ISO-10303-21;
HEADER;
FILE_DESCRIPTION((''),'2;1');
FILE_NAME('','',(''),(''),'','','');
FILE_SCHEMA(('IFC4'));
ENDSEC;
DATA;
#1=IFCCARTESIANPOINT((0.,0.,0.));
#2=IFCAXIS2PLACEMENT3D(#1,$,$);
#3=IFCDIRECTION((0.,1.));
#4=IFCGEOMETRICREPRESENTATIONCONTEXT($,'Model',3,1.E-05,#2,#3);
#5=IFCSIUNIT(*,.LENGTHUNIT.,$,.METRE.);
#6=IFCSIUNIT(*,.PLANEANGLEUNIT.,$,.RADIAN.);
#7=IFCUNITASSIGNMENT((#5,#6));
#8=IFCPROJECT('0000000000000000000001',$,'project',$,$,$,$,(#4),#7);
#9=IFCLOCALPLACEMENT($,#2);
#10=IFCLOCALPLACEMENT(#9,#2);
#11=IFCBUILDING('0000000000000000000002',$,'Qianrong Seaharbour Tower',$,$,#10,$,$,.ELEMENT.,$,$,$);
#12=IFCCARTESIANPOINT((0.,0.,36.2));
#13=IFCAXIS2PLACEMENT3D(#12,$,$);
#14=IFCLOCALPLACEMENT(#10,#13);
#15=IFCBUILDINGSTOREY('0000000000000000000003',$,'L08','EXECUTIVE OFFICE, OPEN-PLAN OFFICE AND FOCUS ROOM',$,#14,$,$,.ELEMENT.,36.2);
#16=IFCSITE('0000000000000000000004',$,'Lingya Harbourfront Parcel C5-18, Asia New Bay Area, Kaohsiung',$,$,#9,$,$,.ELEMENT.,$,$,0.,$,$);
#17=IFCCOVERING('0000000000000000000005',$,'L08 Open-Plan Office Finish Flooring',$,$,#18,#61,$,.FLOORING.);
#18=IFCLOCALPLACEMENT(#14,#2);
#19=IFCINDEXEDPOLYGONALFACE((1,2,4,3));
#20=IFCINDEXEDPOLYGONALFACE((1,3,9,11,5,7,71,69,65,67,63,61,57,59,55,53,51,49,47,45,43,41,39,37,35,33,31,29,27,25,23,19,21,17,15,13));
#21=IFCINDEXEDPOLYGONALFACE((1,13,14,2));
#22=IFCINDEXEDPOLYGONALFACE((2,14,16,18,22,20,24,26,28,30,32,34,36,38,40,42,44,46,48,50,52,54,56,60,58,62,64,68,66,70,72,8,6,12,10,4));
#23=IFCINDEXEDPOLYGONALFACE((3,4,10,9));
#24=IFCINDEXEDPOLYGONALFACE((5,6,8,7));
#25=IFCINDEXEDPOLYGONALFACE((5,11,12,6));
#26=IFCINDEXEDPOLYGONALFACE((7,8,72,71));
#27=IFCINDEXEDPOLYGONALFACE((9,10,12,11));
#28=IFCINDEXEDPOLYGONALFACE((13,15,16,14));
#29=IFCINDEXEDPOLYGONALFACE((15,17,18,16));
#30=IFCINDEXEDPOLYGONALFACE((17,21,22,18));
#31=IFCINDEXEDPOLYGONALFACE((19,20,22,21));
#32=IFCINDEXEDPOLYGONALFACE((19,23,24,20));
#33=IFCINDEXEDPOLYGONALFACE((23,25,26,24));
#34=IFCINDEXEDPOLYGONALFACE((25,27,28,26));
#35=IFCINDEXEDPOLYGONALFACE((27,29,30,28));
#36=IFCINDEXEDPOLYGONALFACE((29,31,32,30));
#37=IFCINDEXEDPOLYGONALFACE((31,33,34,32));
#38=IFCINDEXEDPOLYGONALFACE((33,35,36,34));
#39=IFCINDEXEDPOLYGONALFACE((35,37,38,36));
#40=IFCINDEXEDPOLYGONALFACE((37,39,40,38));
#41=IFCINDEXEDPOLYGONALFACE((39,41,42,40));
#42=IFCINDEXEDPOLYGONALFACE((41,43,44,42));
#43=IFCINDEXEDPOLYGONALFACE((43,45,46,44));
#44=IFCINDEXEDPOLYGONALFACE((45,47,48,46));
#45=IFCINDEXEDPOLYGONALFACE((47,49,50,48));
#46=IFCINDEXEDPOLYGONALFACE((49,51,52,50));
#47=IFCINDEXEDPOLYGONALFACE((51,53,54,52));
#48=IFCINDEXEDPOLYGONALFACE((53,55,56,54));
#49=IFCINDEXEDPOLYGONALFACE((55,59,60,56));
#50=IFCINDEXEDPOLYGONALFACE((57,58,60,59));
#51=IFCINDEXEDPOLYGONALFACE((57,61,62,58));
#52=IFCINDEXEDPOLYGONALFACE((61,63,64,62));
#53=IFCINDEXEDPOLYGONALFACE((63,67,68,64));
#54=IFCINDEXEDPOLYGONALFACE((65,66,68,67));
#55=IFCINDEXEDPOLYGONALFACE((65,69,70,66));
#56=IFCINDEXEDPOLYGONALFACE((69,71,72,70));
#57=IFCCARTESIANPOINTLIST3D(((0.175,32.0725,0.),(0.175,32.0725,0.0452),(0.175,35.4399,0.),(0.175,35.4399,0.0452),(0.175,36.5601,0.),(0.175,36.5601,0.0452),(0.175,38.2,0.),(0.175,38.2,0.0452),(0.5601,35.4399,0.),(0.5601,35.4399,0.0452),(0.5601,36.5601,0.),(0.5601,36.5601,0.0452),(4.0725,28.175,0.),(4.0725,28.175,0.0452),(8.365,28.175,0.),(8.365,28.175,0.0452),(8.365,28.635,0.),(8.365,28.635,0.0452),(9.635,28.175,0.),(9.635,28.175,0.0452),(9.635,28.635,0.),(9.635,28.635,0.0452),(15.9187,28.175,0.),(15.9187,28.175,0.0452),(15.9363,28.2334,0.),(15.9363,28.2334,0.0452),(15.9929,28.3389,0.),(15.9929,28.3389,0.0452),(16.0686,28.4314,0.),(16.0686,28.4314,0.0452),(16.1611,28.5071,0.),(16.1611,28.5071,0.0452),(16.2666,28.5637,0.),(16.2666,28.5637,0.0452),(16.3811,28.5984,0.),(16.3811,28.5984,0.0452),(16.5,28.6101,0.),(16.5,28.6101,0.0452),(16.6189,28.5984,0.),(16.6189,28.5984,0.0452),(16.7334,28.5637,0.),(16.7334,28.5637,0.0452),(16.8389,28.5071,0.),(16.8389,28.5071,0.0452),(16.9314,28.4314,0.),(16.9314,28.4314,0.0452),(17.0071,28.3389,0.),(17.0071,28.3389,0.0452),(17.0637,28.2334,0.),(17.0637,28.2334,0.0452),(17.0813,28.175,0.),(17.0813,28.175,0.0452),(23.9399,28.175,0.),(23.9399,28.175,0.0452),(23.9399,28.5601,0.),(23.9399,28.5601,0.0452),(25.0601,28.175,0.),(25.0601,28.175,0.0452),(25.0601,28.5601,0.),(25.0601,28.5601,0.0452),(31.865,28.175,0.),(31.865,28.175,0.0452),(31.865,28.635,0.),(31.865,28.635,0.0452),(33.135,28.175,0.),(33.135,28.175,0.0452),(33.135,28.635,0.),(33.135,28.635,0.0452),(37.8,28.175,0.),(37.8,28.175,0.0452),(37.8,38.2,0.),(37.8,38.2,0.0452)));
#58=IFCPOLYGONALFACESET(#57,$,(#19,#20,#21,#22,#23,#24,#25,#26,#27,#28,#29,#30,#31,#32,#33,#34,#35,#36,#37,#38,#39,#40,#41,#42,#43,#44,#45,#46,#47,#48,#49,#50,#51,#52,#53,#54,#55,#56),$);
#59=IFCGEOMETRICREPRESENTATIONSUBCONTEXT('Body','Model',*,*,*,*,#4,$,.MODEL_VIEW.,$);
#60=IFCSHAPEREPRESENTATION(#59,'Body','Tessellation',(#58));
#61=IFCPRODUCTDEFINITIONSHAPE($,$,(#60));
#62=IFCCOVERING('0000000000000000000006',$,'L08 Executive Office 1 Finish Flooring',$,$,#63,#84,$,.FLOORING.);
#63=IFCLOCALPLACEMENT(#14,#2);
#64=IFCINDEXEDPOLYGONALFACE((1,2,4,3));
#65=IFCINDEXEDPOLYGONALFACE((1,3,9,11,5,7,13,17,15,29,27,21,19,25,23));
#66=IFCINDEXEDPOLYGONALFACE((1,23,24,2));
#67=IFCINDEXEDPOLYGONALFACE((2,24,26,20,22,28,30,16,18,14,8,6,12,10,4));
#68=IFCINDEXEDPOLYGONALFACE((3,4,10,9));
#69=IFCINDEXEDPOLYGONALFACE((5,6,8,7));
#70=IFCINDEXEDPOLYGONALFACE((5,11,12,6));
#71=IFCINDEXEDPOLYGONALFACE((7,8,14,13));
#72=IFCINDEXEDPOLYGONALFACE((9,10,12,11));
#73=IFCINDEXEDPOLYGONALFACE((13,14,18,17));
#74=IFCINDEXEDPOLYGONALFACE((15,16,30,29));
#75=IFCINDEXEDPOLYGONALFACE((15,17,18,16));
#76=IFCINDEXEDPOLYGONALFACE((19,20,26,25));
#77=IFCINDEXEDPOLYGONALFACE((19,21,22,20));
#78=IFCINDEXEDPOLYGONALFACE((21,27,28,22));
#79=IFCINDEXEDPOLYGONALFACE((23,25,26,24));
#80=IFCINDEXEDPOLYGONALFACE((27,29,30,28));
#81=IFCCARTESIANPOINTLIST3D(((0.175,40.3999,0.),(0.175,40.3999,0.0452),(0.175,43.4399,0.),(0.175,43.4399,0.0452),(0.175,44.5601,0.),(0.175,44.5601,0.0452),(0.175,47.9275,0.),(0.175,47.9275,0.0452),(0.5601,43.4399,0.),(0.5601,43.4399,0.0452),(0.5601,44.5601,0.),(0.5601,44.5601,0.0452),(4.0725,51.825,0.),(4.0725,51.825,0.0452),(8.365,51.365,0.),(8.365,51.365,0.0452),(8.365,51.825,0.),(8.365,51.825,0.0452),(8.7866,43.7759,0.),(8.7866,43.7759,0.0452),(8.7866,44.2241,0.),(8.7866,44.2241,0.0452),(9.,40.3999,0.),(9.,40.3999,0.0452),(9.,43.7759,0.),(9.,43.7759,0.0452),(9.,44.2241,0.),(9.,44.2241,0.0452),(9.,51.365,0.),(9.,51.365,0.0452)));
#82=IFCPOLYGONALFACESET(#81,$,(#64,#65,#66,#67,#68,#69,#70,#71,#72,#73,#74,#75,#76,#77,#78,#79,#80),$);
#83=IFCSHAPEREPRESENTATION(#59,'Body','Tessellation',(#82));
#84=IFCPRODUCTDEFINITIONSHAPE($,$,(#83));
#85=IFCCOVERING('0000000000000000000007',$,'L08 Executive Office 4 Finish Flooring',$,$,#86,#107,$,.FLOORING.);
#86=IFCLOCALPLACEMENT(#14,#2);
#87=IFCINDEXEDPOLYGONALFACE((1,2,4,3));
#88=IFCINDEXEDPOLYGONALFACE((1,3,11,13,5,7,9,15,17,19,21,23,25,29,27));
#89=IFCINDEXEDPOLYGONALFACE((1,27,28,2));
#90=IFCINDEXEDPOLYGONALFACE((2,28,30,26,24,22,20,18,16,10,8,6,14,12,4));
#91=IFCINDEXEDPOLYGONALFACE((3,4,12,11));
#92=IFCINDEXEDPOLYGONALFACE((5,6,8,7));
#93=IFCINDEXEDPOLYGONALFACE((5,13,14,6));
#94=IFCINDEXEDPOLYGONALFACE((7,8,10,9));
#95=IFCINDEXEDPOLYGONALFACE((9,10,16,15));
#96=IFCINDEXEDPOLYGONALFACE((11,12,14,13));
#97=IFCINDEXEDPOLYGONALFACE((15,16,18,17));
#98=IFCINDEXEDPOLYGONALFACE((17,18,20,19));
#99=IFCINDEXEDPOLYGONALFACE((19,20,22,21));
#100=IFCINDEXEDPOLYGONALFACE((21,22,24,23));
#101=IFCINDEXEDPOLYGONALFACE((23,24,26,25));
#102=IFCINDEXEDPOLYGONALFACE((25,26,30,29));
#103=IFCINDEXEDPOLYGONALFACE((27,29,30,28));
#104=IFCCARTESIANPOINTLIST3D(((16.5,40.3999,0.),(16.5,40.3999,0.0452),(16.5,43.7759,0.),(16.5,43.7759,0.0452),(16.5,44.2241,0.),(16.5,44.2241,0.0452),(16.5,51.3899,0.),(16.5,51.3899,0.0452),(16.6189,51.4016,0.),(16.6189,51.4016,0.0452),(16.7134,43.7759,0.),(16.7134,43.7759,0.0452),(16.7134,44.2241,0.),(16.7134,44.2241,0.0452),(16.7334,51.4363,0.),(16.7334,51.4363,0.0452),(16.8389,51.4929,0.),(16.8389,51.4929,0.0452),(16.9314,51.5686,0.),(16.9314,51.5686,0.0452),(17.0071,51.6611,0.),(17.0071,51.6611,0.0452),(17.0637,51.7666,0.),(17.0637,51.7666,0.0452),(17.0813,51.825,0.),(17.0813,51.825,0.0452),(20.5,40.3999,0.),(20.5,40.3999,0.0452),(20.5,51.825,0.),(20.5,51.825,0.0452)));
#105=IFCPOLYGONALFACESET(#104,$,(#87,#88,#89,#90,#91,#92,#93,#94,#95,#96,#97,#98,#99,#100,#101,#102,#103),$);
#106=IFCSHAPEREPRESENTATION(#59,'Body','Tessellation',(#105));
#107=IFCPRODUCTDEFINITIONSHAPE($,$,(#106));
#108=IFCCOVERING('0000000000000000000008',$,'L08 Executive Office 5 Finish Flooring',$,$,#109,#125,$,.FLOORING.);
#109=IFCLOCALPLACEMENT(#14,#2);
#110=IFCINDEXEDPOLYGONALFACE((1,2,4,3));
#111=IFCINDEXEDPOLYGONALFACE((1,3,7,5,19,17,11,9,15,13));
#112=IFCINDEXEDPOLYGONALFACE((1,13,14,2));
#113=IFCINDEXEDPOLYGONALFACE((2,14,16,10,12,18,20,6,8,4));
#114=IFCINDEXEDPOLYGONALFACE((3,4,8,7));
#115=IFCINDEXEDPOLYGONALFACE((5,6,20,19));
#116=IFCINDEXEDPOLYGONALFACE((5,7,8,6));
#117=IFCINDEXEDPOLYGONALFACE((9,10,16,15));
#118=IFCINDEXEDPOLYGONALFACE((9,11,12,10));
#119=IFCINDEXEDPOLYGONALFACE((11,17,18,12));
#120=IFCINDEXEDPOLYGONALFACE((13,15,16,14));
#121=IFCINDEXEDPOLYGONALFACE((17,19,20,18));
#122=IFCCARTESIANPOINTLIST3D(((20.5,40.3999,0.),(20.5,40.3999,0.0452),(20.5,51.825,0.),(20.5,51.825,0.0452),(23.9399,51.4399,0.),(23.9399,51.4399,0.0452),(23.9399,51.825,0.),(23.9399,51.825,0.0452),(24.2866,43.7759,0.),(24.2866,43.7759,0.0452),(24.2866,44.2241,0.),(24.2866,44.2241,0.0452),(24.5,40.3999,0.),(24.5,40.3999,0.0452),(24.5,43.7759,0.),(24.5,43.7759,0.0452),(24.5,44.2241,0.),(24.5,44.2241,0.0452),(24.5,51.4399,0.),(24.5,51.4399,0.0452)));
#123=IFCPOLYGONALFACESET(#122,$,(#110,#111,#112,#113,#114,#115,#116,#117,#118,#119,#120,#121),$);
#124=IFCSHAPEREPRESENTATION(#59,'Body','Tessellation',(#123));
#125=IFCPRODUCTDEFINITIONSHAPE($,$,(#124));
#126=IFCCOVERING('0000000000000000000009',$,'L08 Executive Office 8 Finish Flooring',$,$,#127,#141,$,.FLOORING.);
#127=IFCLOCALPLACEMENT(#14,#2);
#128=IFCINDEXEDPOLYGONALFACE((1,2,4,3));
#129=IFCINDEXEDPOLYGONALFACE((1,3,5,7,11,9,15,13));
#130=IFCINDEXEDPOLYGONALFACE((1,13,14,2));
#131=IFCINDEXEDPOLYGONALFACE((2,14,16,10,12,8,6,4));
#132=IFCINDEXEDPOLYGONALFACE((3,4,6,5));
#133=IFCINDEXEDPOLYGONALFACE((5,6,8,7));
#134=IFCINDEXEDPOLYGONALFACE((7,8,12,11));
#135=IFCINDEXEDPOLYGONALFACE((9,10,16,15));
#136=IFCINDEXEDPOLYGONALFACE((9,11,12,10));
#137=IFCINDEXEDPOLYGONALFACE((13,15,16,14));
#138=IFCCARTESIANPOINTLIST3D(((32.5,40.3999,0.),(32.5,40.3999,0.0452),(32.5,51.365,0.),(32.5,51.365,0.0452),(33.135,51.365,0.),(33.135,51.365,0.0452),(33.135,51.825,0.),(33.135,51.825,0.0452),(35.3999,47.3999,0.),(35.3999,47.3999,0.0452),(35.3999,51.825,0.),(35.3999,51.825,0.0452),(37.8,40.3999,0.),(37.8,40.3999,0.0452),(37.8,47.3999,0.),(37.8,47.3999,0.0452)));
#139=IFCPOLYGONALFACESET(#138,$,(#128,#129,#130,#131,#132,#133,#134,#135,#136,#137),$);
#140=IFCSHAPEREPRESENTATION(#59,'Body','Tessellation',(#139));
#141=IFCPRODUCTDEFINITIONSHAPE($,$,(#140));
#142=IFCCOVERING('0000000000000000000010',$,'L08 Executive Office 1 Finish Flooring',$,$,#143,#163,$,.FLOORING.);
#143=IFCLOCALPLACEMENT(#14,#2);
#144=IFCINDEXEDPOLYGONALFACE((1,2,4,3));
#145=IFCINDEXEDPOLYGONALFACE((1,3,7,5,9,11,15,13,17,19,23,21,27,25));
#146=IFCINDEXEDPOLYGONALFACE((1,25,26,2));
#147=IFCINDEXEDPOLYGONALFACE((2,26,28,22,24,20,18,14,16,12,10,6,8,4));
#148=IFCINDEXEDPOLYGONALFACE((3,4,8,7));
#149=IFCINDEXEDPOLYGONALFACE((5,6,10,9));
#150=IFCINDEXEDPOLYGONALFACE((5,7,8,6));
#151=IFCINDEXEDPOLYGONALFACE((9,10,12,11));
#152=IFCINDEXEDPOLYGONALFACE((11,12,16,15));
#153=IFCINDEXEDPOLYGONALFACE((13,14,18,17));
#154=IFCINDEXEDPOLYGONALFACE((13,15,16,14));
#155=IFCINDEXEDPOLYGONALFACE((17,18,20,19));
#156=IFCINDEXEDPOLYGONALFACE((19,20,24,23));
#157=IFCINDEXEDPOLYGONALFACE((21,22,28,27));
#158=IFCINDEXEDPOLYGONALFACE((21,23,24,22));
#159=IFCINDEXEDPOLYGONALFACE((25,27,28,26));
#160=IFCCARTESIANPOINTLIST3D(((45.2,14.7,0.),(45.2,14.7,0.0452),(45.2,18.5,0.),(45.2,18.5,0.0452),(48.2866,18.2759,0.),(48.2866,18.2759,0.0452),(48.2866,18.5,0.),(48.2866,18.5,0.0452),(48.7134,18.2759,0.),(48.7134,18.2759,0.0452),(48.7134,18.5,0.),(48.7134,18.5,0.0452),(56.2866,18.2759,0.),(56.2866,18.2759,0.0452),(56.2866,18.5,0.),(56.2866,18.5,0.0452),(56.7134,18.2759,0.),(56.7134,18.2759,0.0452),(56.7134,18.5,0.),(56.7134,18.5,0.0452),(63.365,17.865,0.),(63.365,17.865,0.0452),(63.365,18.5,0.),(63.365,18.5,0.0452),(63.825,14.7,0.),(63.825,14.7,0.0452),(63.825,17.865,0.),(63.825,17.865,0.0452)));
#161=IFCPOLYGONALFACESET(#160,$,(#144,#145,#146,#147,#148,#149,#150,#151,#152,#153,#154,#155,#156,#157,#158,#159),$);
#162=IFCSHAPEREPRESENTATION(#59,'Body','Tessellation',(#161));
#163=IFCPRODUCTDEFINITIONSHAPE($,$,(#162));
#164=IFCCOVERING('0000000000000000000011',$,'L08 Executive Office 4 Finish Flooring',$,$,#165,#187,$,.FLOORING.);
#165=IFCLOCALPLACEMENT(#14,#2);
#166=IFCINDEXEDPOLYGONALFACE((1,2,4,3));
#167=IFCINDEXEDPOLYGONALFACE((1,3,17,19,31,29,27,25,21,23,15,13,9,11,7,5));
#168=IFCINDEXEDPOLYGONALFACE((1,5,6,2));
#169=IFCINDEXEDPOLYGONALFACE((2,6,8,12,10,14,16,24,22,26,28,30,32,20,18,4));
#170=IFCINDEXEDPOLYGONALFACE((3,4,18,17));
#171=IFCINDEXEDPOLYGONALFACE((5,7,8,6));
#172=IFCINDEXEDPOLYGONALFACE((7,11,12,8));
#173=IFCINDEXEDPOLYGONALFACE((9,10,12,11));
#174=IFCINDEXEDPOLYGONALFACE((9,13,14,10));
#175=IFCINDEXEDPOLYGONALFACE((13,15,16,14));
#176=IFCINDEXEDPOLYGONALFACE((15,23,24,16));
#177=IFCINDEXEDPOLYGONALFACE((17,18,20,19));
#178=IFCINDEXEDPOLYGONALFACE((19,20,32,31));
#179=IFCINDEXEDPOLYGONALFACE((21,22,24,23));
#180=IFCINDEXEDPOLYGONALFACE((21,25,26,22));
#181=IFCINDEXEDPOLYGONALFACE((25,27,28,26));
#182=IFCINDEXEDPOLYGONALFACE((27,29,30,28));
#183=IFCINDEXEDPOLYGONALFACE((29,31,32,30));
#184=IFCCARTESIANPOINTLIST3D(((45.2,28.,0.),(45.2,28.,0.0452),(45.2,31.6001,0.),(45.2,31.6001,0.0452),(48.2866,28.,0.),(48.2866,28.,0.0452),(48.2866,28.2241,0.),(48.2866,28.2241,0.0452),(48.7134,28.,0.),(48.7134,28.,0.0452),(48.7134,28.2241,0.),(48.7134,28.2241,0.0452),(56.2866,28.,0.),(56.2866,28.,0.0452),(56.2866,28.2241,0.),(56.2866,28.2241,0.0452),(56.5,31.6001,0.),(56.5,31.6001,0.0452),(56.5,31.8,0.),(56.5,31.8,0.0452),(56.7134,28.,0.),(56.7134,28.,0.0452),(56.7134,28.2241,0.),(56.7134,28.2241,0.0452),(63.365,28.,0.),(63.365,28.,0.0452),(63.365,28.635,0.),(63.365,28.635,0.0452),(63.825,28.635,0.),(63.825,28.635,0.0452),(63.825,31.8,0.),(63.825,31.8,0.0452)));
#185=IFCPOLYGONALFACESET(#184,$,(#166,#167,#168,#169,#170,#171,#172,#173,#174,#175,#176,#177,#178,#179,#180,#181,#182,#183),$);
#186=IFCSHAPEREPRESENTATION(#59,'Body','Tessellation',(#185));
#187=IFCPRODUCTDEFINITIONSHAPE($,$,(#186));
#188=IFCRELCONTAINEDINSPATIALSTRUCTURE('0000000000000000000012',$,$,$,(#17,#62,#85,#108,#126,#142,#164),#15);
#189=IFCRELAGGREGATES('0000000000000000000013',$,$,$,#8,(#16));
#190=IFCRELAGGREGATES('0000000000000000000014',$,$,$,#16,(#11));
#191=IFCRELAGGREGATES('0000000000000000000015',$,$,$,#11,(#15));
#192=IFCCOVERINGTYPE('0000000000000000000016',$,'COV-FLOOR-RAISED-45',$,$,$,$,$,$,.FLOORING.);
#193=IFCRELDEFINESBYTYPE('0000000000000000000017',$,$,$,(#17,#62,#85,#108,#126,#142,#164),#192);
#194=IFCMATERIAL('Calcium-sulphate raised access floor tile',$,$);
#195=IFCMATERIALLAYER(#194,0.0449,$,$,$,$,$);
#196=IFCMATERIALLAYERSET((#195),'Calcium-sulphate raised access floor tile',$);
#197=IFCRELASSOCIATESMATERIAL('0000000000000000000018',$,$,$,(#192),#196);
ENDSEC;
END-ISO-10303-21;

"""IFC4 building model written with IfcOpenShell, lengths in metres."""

from ifc_helpers import new_model, si_unit, direction, frame, origin, place, context, subcontext, project, spatial, polyline, outline, extrude, material, layer, layer_set, type_object, element, save


model = new_model("IFC4")

# Units and contexts
model_context = context("Model", 3, precision=1e-05, world=origin(), true_north=direction((0.0, 1.0)))
body_context = subcontext(model_context, "Body", "Model", "MODEL_VIEW")
ifc_project = project(units=[si_unit("LENGTHUNIT", "METRE"), si_unit("PLANEANGLEUNIT", "RADIAN")], contexts=[model_context])

# Site, building, storey
site_placement = place(None, origin())
site = spatial("IfcSite", under=ifc_project, at=site_placement, Name="Lingya Harbourfront Parcel C5-18, Asia New Bay Area, Kaohsiung", CompositionType="ELEMENT", RefElevation=0.0)
building_placement = place(site_placement, origin())
building = spatial("IfcBuilding", under=site, at=building_placement, Name="Qianrong Seaharbour Tower", CompositionType="ELEMENT")
storey_placement = place(building_placement, frame((0.0, 0.0, 36.2)))
storey = spatial("IfcBuildingStorey", under=building, at=storey_placement, Name="L08", Description="EXECUTIVE OFFICE, OPEN-PLAN OFFICE AND FOCUS ROOM", CompositionType="ELEMENT", Elevation=36.2)

# Coverings
ifc_material_1 = material(Name="Calcium-sulphate raised access floor tile")
ifc_layer_1 = layer(ifc_material_1, 0.0449)
ifc_layer_set_1 = layer_set([ifc_layer_1], Name="Calcium-sulphate raised access floor tile")
covering_type_1 = type_object("IfcCoveringType", Name="COV-FLOOR-RAISED-45", PredefinedType="FLOORING", material=ifc_layer_set_1)
covering_1_placement = place(storey_placement, origin())
element("IfcCovering", 1, at=covering_1_placement, inside=storey, type_object=covering_type_1, Name="L08 Open-Plan Office Finish Flooring", PredefinedType="FLOORING", context=body_context, shape_type="SweptSolid", body=[
    extrude(outline(polyline([(33.135, 28.175), (33.135, 28.635), (31.865, 28.635), (31.865, 28.175), (25.0601, 28.175), (25.0601, 28.5601), (23.9399, 28.5601), (23.9399, 28.175), (17.0813, 28.175), (17.0637, 28.2334), (17.0071, 28.3389), (16.9314, 28.4314), (16.8389, 28.5071), (16.7334, 28.5637), (16.6189, 28.5984), (16.5, 28.6101), (16.3811, 28.5984), (16.2666, 28.5637), (16.1611, 28.5071), (16.0686, 28.4314), (15.9929, 28.3389), (15.9363, 28.2334), (15.9187, 28.175), (9.635, 28.175), (9.635, 28.635), (8.365, 28.635), (8.365, 28.175), (4.0725, 28.175), (0.175, 32.0725), (0.175, 35.4399), (0.5601, 35.4399), (0.5601, 36.5601), (0.175, 36.5601), (0.175, 38.2), (37.8, 38.2), (37.8, 28.175), (33.135, 28.175)])), origin(), (0.0, 0.0, 1.0), 0.0452),
])
covering_2_placement = place(storey_placement, origin())
element("IfcCovering", 2, at=covering_2_placement, inside=storey, type_object=covering_type_1, Name="L08 Executive Office 1 Finish Flooring", PredefinedType="FLOORING", context=body_context, shape_type="SweptSolid", body=[
    extrude(outline(polyline([(0.175, 43.4399), (0.5601, 43.4399), (0.5601, 44.5601), (0.175, 44.5601), (0.175, 47.9275), (4.0725, 51.825), (8.365, 51.825), (8.365, 51.365), (9.0, 51.365), (9.0, 44.2241), (8.7866, 44.2241), (8.7866, 43.7759), (9.0, 43.7759), (9.0, 40.3999), (0.175, 40.3999), (0.175, 43.4399)])), origin(), (0.0, 0.0, 1.0), 0.0452),
])
covering_3_placement = place(storey_placement, origin())
element("IfcCovering", 3, at=covering_3_placement, inside=storey, type_object=covering_type_1, Name="L08 Executive Office 4 Finish Flooring", PredefinedType="FLOORING", context=body_context, shape_type="SweptSolid", body=[
    extrude(outline(polyline([(16.5, 43.7759), (16.7134, 43.7759), (16.7134, 44.2241), (16.5, 44.2241), (16.5, 51.3899), (16.6189, 51.4016), (16.7334, 51.4363), (16.8389, 51.4929), (16.9314, 51.5686), (17.0071, 51.6611), (17.0637, 51.7666), (17.0813, 51.825), (20.5, 51.825), (20.5, 40.3999), (16.5, 40.3999), (16.5, 43.7759)])), origin(), (0.0, 0.0, 1.0), 0.0452),
])
covering_4_placement = place(storey_placement, origin())
element("IfcCovering", 4, at=covering_4_placement, inside=storey, type_object=covering_type_1, Name="L08 Executive Office 5 Finish Flooring", PredefinedType="FLOORING", context=body_context, shape_type="SweptSolid", body=[
    extrude(outline(polyline([(20.5, 51.825), (23.9399, 51.825), (23.9399, 51.4399), (24.5, 51.4399), (24.5, 44.2241), (24.2866, 44.2241), (24.2866, 43.7759), (24.5, 43.7759), (24.5, 40.3999), (20.5, 40.3999), (20.5, 51.825)])), origin(), (0.0, 0.0, 1.0), 0.0452),
])
covering_5_placement = place(storey_placement, origin())
element("IfcCovering", 5, at=covering_5_placement, inside=storey, type_object=covering_type_1, Name="L08 Executive Office 8 Finish Flooring", PredefinedType="FLOORING", context=body_context, shape_type="SweptSolid", body=[
    extrude(outline(polyline([(32.5, 51.365), (33.135, 51.365), (33.135, 51.825), (35.3999, 51.825), (35.3999, 47.3999), (37.8, 47.3999), (37.8, 40.3999), (32.5, 40.3999), (32.5, 51.365)])), origin(), (0.0, 0.0, 1.0), 0.0452),
])
covering_6_placement = place(storey_placement, origin())
element("IfcCovering", 6, at=covering_6_placement, inside=storey, type_object=covering_type_1, Name="L08 Executive Office 1 Finish Flooring", PredefinedType="FLOORING", context=body_context, shape_type="SweptSolid", body=[
    extrude(outline(polyline([(48.2866, 18.5), (48.2866, 18.2759), (48.7134, 18.2759), (48.7134, 18.5), (56.2866, 18.5), (56.2866, 18.2759), (56.7134, 18.2759), (56.7134, 18.5), (63.365, 18.5), (63.365, 17.865), (63.825, 17.865), (63.825, 14.7), (45.2, 14.7), (45.2, 18.5), (48.2866, 18.5)])), origin(), (0.0, 0.0, 1.0), 0.0452),
])
covering_7_placement = place(storey_placement, origin())
element("IfcCovering", 7, at=covering_7_placement, inside=storey, type_object=covering_type_1, Name="L08 Executive Office 4 Finish Flooring", PredefinedType="FLOORING", context=body_context, shape_type="SweptSolid", body=[
    extrude(outline(polyline([(56.5, 31.6001), (56.5, 31.8), (63.825, 31.8), (63.825, 28.635), (63.365, 28.635), (63.365, 28.0), (56.7134, 28.0), (56.7134, 28.2241), (56.2866, 28.2241), (56.2866, 28.0), (48.7134, 28.0), (48.7134, 28.2241), (48.2866, 28.2241), (48.2866, 28.0), (45.2, 28.0), (45.2, 31.6001), (56.5, 31.6001)])), origin(), (0.0, 0.0, 1.0), 0.0452),
])

save(model, "model.ifc")
